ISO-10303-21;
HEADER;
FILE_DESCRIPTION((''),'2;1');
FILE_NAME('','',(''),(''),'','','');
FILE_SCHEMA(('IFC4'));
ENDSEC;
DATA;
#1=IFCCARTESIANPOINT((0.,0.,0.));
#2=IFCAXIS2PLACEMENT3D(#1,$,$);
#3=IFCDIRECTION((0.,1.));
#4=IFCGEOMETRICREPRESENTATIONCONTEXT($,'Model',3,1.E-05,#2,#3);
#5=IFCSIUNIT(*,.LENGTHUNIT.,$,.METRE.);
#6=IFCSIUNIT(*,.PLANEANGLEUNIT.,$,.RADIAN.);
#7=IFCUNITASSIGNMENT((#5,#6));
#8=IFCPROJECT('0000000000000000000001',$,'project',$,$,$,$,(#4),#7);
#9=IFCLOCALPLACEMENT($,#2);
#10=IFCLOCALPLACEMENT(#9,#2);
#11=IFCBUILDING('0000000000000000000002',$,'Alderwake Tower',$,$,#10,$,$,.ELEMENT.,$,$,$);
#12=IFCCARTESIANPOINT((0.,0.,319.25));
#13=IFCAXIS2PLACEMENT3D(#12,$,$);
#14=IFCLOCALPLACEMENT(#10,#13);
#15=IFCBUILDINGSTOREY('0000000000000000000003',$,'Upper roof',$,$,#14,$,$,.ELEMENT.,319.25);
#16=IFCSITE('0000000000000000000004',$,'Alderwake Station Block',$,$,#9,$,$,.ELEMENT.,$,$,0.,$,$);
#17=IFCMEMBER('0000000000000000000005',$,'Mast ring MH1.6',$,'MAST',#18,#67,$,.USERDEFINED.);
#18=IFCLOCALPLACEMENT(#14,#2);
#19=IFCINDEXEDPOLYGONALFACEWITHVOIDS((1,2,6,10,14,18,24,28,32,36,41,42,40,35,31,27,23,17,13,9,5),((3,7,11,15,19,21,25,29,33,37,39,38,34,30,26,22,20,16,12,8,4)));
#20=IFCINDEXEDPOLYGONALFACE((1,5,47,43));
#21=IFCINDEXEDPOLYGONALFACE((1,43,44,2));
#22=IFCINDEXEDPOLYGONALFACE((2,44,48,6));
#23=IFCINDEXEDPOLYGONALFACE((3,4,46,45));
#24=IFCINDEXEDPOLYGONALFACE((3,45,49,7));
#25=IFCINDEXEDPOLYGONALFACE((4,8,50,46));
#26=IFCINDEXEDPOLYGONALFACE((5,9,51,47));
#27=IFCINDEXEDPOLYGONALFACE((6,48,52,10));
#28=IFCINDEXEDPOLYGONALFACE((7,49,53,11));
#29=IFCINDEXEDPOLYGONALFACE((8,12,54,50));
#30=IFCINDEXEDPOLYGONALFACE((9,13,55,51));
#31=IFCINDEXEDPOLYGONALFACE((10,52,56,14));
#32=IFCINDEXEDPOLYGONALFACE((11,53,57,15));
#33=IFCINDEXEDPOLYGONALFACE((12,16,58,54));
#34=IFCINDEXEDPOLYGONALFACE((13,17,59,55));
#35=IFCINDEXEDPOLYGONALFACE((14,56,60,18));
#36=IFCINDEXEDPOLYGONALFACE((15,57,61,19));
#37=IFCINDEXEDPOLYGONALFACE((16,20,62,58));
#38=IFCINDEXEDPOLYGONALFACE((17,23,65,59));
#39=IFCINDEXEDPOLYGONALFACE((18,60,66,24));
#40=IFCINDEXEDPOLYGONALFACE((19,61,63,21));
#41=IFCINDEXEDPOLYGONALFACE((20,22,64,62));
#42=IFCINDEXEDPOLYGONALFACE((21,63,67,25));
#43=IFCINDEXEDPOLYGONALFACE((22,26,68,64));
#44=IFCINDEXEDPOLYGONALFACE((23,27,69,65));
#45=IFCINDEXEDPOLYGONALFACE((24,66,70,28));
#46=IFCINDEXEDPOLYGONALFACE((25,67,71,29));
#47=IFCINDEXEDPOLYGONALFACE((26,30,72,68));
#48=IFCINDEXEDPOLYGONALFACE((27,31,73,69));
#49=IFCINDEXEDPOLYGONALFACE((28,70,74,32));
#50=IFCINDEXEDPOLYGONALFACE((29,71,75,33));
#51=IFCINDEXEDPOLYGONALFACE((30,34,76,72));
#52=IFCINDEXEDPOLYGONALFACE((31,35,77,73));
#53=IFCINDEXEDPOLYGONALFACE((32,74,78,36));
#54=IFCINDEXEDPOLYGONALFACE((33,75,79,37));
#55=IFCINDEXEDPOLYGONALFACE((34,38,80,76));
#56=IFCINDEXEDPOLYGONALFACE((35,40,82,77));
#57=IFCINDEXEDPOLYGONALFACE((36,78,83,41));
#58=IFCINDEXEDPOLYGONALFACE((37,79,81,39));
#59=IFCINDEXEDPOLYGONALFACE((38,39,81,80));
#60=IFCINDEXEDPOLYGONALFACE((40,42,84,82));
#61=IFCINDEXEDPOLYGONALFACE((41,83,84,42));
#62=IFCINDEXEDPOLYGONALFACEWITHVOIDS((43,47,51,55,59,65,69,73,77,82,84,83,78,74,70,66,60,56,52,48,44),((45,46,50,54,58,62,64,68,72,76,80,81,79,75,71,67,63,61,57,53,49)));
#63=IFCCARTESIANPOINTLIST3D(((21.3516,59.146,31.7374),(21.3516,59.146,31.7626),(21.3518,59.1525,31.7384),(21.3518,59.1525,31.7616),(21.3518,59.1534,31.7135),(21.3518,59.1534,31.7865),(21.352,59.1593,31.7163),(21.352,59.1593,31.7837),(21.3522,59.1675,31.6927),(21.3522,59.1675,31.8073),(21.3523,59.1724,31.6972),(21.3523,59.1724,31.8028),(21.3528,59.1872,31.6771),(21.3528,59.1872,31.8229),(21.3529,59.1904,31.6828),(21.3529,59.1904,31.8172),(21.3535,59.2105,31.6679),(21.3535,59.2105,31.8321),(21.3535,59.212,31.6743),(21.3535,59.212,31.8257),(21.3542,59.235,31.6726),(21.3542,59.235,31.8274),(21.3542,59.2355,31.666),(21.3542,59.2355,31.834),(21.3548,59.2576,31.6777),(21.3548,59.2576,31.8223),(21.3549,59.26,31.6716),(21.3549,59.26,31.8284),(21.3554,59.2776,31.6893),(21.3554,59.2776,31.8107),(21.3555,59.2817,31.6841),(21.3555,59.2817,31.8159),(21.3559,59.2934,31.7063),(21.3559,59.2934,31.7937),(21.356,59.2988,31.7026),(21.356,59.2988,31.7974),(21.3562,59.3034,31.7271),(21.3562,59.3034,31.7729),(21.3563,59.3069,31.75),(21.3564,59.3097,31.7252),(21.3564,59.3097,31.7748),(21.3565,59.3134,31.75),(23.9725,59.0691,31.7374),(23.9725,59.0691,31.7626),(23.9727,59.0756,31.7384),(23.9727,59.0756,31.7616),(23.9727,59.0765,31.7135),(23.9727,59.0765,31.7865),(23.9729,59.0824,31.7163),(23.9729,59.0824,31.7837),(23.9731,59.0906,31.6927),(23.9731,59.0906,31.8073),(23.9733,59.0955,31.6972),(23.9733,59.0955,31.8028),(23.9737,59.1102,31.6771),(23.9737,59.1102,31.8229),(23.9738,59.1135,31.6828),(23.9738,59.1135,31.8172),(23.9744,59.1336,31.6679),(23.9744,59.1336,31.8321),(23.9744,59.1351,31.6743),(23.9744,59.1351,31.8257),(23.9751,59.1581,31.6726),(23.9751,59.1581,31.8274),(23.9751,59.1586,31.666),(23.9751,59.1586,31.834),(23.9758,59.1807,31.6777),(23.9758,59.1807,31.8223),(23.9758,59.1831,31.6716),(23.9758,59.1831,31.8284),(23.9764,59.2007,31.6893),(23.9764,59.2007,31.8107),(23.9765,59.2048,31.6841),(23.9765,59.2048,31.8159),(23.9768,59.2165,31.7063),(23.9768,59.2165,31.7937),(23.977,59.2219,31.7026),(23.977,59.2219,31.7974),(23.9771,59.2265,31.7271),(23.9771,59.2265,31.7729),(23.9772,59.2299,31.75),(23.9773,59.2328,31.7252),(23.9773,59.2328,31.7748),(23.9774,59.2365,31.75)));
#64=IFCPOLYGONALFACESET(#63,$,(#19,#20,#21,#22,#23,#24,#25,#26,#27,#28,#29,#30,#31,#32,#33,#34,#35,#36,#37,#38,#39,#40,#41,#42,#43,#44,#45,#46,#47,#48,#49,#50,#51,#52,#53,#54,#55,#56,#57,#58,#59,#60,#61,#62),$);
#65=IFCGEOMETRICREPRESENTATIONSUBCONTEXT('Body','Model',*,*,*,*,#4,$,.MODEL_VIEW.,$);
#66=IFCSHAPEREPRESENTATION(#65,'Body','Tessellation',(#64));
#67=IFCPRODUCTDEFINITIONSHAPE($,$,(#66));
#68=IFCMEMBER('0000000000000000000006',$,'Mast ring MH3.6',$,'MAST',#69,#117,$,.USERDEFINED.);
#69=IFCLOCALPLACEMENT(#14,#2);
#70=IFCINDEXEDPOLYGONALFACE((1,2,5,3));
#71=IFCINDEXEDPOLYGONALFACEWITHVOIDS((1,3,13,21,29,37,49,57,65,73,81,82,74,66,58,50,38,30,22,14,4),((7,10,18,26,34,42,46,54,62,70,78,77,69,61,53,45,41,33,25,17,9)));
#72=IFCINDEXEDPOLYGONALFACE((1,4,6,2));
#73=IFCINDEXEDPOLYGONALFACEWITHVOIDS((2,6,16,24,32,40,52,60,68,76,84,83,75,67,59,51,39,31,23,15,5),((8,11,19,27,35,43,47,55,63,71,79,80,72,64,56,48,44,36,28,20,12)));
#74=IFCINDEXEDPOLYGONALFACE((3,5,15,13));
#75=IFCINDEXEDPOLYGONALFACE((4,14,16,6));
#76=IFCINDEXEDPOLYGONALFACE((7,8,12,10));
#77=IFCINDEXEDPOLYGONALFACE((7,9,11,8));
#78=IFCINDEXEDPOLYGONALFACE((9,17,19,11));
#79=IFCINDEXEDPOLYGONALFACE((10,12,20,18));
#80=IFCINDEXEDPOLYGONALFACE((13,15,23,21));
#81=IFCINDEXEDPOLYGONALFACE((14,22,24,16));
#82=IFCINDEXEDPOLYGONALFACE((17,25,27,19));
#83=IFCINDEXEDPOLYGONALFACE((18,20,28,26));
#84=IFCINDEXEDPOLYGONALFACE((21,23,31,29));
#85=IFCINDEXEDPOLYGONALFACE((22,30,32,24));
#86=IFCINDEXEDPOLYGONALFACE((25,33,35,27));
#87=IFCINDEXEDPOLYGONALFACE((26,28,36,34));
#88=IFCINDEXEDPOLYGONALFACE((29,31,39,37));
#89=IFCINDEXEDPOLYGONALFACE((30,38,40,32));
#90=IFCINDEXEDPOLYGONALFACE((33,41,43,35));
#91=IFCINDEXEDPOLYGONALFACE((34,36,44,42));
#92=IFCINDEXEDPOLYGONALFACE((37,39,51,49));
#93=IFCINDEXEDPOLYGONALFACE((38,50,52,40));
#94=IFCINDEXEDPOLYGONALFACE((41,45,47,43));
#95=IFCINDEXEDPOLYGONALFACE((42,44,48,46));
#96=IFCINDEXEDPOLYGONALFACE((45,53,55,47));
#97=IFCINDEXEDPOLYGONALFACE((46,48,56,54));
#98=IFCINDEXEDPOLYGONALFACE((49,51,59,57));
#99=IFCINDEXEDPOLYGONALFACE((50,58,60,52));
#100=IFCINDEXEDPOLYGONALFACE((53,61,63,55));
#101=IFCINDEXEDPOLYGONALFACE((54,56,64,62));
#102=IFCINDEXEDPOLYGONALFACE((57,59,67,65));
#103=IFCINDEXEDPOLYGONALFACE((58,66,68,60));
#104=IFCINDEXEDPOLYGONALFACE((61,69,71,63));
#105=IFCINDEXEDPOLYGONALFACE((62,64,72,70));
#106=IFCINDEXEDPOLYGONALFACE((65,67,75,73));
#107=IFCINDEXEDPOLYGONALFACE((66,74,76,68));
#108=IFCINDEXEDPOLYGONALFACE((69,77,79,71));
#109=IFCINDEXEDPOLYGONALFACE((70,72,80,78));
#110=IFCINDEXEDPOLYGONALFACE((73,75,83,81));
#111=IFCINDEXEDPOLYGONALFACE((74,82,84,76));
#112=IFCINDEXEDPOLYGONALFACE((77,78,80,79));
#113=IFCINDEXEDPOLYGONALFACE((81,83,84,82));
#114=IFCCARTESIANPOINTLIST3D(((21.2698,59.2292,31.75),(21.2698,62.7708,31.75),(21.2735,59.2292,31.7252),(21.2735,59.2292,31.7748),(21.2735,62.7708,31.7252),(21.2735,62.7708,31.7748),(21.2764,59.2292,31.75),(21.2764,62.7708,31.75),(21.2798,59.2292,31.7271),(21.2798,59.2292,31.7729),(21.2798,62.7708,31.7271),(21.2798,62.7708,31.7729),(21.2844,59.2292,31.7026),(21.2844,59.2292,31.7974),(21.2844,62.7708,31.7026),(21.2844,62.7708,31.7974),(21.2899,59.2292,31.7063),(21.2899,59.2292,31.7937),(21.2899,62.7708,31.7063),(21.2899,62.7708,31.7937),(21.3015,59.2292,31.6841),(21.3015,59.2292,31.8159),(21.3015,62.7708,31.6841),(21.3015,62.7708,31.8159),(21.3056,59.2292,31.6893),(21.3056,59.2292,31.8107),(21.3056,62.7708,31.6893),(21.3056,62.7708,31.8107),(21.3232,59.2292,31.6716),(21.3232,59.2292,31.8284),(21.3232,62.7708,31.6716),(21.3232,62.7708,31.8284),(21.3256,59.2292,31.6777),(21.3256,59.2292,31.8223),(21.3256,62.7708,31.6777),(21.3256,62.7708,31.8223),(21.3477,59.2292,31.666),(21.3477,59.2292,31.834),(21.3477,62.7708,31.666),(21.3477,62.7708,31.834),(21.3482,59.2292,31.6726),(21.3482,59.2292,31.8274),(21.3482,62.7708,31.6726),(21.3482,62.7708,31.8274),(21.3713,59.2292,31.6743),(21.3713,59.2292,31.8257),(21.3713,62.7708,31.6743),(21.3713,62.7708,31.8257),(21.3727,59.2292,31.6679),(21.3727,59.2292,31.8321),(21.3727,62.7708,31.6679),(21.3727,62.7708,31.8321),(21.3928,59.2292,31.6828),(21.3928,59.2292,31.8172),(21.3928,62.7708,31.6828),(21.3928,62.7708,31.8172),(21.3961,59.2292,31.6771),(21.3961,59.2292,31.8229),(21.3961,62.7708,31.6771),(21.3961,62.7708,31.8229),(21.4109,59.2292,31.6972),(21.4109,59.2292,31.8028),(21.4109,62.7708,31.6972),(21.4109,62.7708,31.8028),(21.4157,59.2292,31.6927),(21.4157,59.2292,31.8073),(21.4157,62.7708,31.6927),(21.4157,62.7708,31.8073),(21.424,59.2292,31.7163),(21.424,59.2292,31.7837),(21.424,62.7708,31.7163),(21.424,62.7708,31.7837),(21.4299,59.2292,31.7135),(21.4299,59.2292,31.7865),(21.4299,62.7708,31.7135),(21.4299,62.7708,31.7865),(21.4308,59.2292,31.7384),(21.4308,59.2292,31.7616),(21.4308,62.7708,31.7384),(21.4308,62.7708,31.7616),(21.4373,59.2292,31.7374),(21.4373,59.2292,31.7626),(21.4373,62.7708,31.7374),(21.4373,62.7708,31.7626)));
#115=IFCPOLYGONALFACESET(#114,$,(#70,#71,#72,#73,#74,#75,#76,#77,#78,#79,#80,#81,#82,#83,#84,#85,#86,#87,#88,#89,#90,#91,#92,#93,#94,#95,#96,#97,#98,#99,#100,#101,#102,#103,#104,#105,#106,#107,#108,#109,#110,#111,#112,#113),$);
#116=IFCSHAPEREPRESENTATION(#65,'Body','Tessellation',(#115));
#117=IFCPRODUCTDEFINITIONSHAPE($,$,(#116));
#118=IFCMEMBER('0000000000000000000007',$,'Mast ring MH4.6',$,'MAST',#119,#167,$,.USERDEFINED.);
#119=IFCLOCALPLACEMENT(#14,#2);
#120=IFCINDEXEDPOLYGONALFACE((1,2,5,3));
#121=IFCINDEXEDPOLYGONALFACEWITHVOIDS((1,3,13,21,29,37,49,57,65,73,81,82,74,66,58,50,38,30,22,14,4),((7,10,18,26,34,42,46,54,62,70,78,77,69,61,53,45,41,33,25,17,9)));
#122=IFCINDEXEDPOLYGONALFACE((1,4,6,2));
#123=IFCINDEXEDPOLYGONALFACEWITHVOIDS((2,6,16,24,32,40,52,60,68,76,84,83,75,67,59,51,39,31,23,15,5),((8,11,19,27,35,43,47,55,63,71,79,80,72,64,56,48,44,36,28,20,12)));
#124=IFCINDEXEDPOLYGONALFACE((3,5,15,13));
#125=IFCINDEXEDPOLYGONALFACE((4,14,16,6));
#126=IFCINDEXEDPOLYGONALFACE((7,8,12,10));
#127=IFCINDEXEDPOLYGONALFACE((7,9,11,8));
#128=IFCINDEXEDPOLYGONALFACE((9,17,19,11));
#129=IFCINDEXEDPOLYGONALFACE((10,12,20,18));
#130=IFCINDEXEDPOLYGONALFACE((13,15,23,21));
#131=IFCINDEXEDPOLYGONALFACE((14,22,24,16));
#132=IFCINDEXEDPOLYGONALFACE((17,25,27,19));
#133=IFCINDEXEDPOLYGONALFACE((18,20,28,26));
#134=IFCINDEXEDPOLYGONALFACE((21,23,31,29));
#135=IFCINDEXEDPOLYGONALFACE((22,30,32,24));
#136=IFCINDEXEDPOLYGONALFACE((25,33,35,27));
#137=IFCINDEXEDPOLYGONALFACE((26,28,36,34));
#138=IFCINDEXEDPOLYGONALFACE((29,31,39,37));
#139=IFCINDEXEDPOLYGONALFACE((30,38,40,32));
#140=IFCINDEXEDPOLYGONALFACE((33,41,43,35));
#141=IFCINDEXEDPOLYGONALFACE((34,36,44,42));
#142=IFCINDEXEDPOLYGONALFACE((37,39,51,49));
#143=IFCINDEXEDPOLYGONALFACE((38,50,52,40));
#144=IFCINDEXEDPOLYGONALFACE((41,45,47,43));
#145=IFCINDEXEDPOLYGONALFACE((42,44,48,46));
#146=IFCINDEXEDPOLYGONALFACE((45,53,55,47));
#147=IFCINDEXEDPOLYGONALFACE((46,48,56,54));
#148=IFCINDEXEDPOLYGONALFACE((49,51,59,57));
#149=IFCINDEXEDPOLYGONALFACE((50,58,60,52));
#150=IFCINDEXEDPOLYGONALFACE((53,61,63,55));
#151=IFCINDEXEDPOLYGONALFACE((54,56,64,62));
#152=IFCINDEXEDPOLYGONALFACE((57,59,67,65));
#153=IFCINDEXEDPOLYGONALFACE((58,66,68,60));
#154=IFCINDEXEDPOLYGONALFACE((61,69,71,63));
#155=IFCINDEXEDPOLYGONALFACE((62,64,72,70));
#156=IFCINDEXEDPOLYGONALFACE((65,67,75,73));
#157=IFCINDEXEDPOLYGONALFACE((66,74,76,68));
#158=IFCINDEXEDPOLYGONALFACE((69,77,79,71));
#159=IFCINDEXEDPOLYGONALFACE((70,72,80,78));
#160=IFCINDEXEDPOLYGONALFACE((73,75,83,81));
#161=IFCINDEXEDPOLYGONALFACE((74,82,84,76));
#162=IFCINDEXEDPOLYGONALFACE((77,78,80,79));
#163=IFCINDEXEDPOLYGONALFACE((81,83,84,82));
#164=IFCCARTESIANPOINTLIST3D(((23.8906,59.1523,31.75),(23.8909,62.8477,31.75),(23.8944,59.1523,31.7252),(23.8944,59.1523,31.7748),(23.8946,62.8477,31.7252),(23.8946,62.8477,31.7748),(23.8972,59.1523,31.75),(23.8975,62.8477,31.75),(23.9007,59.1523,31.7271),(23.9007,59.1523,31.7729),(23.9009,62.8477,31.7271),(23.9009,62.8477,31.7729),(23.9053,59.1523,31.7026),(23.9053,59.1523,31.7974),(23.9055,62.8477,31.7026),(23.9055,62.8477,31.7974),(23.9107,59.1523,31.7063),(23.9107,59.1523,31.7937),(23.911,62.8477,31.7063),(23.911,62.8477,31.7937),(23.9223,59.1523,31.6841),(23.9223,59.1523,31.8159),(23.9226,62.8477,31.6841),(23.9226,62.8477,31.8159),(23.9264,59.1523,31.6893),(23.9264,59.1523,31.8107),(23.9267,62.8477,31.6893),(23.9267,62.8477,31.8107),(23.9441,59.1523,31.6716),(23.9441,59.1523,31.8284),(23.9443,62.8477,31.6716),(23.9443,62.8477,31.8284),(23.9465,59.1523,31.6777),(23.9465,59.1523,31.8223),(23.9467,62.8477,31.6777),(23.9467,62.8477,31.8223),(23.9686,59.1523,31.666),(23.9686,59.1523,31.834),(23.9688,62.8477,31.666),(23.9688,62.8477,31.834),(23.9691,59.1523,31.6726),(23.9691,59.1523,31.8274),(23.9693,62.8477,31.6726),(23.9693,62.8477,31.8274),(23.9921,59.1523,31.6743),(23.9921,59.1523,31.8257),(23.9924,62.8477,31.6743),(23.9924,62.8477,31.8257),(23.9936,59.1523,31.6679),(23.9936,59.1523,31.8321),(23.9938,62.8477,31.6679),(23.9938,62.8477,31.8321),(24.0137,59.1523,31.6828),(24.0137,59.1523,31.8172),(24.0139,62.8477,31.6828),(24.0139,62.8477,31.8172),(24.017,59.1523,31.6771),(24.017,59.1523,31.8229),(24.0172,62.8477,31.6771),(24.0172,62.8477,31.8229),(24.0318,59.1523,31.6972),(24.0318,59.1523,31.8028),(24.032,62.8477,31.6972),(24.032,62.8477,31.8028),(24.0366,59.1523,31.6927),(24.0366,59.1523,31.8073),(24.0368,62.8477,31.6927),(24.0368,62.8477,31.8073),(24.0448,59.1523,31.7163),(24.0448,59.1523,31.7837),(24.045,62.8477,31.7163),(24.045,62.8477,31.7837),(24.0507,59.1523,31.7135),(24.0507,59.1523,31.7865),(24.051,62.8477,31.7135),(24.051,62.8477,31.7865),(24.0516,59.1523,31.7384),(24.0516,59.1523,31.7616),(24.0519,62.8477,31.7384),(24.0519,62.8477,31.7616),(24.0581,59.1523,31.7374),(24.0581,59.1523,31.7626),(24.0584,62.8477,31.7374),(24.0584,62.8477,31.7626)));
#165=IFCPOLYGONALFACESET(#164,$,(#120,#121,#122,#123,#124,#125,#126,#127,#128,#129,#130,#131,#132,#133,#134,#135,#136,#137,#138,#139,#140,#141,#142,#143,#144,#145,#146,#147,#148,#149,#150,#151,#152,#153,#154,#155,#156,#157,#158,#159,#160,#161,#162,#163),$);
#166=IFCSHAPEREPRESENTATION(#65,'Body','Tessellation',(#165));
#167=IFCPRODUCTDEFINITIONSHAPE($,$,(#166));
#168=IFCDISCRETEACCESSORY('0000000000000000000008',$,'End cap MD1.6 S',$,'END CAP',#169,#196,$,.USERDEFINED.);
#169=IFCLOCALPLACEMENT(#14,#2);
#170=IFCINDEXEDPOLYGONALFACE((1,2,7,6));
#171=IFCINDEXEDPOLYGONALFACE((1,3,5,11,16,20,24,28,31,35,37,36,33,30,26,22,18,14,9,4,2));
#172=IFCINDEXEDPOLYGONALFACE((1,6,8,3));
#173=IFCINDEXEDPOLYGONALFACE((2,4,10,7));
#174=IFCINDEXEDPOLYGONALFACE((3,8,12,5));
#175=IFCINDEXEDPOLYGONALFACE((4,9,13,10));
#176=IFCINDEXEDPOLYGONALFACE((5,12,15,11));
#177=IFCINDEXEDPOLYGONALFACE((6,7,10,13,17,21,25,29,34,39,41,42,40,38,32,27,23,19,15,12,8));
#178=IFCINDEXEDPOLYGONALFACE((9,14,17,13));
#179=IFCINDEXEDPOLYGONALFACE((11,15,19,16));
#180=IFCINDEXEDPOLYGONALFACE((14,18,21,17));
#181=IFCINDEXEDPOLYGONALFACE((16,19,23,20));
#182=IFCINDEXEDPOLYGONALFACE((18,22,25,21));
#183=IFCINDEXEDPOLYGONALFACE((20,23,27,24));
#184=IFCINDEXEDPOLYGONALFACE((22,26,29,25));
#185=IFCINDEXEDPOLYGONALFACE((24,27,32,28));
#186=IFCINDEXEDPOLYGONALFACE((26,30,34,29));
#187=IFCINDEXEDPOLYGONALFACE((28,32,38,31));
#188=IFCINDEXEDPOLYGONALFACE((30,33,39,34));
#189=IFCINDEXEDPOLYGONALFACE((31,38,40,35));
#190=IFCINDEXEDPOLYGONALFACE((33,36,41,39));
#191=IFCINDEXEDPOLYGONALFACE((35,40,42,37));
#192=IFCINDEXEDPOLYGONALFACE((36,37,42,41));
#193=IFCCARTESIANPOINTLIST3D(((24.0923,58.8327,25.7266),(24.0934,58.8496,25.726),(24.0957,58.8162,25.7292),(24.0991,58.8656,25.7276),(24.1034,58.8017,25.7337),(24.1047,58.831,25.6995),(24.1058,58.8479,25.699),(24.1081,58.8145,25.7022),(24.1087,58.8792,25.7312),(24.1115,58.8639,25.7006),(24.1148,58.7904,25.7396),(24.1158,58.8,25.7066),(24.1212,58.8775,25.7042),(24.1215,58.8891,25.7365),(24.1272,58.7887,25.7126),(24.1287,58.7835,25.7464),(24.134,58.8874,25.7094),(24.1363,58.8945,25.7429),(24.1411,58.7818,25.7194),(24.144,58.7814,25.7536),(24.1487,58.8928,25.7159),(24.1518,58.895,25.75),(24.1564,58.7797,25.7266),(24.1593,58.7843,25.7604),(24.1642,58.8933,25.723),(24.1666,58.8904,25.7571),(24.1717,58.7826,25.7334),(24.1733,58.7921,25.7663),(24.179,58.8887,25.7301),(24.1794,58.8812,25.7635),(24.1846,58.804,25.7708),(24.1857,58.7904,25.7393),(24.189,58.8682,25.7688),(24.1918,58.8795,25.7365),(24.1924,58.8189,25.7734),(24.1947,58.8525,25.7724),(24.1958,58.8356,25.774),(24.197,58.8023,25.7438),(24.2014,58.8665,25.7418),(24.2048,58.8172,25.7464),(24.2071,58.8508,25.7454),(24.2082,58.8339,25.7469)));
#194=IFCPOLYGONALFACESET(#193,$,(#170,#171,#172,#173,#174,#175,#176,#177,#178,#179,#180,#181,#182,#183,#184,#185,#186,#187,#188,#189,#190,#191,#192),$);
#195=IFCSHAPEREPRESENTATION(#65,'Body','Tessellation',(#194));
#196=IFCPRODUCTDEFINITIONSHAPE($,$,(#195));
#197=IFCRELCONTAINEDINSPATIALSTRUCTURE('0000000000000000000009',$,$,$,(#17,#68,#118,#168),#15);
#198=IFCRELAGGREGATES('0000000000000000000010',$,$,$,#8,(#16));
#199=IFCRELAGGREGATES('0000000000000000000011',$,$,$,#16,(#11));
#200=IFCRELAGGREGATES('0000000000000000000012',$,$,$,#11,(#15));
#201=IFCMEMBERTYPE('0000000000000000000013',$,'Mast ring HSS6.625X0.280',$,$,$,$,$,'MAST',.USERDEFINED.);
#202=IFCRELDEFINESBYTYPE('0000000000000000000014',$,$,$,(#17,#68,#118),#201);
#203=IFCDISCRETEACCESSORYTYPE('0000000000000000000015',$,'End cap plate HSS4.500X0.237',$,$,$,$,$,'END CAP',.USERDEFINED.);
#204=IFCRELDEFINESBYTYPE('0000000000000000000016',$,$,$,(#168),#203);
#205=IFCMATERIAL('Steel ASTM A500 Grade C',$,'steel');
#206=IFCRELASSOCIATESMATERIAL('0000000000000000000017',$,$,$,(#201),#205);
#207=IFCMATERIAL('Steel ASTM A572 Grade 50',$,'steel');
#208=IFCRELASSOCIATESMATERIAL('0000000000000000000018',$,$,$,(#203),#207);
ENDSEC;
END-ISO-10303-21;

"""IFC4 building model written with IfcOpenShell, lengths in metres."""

from ifc_helpers import new_model, si_unit, direction, frame, origin, origin_2d, place, context, subcontext, project, spatial, circle, hollow_circle, extrude, material, material_profile, profile_set, type_object, element, save


model = new_model("IFC4")

# Units and contexts
model_context = context("Model", 3, precision=1e-05, world=origin(), true_north=direction((0.0, 1.0)))
body_context = subcontext(model_context, "Body", "Model", "MODEL_VIEW")
ifc_project = project(units=[si_unit("LENGTHUNIT", "METRE"), si_unit("PLANEANGLEUNIT", "RADIAN")], contexts=[model_context])

# Site, building, storey
site_placement = place(None, origin())
site = spatial("IfcSite", under=ifc_project, at=site_placement, Name="Alderwake Station Block", CompositionType="ELEMENT", RefElevation=0.0)
building_placement = place(site_placement, origin())
building = spatial("IfcBuilding", under=site, at=building_placement, Name="Alderwake Tower", CompositionType="ELEMENT")
storey_placement = place(building_placement, frame((0.0, 0.0, 319.25)))
storey = spatial("IfcBuildingStorey", under=building, at=storey_placement, Name="Upper roof", CompositionType="ELEMENT", Elevation=319.25)

# Members
ifc_material_1 = material(Name="Steel ASTM A500 Grade C", Category="steel")
ifc_material_profile_1 = material_profile(ifc_material_1, hollow_circle(Radius=0.0842, WallThickness=0.0066, at=origin_2d()), Name="HSS6.625X0.280")
ifc_profile_set_1 = profile_set([ifc_material_profile_1], Name="Steel ASTM A500 Grade C")
member_type_1 = type_object("IfcMemberType", Name="Mast ring HSS6.625X0.280", ElementType="MAST", PredefinedType="USERDEFINED", material=ifc_profile_set_1)
member_1_placement = place(storey_placement, frame((21.354, 59.2292, 31.75), z_axis=(0.99957, -0.029331, 0.0), x_axis=(0.029331, 0.99957, 0.0)))
element("IfcMember", 1, at=member_1_placement, inside=storey, type_object=member_type_1, Name="Mast ring MH1.6", ObjectType="MAST", PredefinedType="USERDEFINED", context=body_context, shape_type="SweptSolid", body=[
    extrude(hollow_circle(Radius=0.0842, WallThickness=0.0066, at=origin_2d()), origin(), (0.0, 0.0, 1.0), 2.6221),
])
member_2_placement = place(storey_placement, frame((21.354, 59.2292, 31.75), z_axis=(0.0, 1.0, 0.0), x_axis=(-1.0, 0.0, 0.0)))
element("IfcMember", 2, at=member_2_placement, inside=storey, type_object=member_type_1, Name="Mast ring MH3.6", ObjectType="MAST", PredefinedType="USERDEFINED", context=body_context, shape_type="SweptSolid", body=[
    extrude(hollow_circle(Radius=0.0842, WallThickness=0.0066, at=origin_2d()), origin(), (0.0, 0.0, 1.0), 3.5415),
])
member_3_placement = place(storey_placement, frame((23.9749, 59.1523, 31.75), z_axis=(0.000066, 1.0, 0.0), x_axis=(-1.0, 0.000066, 0.0)))
element("IfcMember", 3, at=member_3_placement, inside=storey, type_object=member_type_1, Name="Mast ring MH4.6", ObjectType="MAST", PredefinedType="USERDEFINED", context=body_context, shape_type="SweptSolid", body=[
    extrude(hollow_circle(Radius=0.0842, WallThickness=0.0066, at=origin_2d()), origin(), (0.0, 0.0, 1.0), 3.6953),
])

# Discrete accessory
ifc_material_2 = material(Name="Steel ASTM A572 Grade 50", Category="steel")
ifc_material_profile_2 = material_profile(ifc_material_2, circle(Radius=0.0571, at=origin_2d()), Name="HSS4.500X0.237 cap")
ifc_profile_set_2 = profile_set([ifc_material_profile_2], Name="Steel ASTM A572 Grade 50")
discrete_accessory_type = type_object("IfcDiscreteAccessoryType", Name="End cap plate HSS4.500X0.237", ElementType="END CAP", PredefinedType="USERDEFINED", material=ifc_profile_set_2)
discrete_accessory_placement = place(storey_placement, frame((24.144, 58.8384, 25.75), z_axis=(0.416816, -0.05721, -0.907189), x_axis=(0.13598, 0.990712, 0.0)))
element("IfcDiscreteAccessory", 4, at=discrete_accessory_placement, inside=storey, type_object=discrete_accessory_type, Name="End cap MD1.6 S", ObjectType="END CAP", PredefinedType="USERDEFINED", context=body_context, shape_type="SweptSolid", body=[
    extrude(circle(Radius=0.0571, at=origin_2d()), origin(), (0.0, 0.0, 1.0), 0.0298),
])

save(model, "model.ifc")
